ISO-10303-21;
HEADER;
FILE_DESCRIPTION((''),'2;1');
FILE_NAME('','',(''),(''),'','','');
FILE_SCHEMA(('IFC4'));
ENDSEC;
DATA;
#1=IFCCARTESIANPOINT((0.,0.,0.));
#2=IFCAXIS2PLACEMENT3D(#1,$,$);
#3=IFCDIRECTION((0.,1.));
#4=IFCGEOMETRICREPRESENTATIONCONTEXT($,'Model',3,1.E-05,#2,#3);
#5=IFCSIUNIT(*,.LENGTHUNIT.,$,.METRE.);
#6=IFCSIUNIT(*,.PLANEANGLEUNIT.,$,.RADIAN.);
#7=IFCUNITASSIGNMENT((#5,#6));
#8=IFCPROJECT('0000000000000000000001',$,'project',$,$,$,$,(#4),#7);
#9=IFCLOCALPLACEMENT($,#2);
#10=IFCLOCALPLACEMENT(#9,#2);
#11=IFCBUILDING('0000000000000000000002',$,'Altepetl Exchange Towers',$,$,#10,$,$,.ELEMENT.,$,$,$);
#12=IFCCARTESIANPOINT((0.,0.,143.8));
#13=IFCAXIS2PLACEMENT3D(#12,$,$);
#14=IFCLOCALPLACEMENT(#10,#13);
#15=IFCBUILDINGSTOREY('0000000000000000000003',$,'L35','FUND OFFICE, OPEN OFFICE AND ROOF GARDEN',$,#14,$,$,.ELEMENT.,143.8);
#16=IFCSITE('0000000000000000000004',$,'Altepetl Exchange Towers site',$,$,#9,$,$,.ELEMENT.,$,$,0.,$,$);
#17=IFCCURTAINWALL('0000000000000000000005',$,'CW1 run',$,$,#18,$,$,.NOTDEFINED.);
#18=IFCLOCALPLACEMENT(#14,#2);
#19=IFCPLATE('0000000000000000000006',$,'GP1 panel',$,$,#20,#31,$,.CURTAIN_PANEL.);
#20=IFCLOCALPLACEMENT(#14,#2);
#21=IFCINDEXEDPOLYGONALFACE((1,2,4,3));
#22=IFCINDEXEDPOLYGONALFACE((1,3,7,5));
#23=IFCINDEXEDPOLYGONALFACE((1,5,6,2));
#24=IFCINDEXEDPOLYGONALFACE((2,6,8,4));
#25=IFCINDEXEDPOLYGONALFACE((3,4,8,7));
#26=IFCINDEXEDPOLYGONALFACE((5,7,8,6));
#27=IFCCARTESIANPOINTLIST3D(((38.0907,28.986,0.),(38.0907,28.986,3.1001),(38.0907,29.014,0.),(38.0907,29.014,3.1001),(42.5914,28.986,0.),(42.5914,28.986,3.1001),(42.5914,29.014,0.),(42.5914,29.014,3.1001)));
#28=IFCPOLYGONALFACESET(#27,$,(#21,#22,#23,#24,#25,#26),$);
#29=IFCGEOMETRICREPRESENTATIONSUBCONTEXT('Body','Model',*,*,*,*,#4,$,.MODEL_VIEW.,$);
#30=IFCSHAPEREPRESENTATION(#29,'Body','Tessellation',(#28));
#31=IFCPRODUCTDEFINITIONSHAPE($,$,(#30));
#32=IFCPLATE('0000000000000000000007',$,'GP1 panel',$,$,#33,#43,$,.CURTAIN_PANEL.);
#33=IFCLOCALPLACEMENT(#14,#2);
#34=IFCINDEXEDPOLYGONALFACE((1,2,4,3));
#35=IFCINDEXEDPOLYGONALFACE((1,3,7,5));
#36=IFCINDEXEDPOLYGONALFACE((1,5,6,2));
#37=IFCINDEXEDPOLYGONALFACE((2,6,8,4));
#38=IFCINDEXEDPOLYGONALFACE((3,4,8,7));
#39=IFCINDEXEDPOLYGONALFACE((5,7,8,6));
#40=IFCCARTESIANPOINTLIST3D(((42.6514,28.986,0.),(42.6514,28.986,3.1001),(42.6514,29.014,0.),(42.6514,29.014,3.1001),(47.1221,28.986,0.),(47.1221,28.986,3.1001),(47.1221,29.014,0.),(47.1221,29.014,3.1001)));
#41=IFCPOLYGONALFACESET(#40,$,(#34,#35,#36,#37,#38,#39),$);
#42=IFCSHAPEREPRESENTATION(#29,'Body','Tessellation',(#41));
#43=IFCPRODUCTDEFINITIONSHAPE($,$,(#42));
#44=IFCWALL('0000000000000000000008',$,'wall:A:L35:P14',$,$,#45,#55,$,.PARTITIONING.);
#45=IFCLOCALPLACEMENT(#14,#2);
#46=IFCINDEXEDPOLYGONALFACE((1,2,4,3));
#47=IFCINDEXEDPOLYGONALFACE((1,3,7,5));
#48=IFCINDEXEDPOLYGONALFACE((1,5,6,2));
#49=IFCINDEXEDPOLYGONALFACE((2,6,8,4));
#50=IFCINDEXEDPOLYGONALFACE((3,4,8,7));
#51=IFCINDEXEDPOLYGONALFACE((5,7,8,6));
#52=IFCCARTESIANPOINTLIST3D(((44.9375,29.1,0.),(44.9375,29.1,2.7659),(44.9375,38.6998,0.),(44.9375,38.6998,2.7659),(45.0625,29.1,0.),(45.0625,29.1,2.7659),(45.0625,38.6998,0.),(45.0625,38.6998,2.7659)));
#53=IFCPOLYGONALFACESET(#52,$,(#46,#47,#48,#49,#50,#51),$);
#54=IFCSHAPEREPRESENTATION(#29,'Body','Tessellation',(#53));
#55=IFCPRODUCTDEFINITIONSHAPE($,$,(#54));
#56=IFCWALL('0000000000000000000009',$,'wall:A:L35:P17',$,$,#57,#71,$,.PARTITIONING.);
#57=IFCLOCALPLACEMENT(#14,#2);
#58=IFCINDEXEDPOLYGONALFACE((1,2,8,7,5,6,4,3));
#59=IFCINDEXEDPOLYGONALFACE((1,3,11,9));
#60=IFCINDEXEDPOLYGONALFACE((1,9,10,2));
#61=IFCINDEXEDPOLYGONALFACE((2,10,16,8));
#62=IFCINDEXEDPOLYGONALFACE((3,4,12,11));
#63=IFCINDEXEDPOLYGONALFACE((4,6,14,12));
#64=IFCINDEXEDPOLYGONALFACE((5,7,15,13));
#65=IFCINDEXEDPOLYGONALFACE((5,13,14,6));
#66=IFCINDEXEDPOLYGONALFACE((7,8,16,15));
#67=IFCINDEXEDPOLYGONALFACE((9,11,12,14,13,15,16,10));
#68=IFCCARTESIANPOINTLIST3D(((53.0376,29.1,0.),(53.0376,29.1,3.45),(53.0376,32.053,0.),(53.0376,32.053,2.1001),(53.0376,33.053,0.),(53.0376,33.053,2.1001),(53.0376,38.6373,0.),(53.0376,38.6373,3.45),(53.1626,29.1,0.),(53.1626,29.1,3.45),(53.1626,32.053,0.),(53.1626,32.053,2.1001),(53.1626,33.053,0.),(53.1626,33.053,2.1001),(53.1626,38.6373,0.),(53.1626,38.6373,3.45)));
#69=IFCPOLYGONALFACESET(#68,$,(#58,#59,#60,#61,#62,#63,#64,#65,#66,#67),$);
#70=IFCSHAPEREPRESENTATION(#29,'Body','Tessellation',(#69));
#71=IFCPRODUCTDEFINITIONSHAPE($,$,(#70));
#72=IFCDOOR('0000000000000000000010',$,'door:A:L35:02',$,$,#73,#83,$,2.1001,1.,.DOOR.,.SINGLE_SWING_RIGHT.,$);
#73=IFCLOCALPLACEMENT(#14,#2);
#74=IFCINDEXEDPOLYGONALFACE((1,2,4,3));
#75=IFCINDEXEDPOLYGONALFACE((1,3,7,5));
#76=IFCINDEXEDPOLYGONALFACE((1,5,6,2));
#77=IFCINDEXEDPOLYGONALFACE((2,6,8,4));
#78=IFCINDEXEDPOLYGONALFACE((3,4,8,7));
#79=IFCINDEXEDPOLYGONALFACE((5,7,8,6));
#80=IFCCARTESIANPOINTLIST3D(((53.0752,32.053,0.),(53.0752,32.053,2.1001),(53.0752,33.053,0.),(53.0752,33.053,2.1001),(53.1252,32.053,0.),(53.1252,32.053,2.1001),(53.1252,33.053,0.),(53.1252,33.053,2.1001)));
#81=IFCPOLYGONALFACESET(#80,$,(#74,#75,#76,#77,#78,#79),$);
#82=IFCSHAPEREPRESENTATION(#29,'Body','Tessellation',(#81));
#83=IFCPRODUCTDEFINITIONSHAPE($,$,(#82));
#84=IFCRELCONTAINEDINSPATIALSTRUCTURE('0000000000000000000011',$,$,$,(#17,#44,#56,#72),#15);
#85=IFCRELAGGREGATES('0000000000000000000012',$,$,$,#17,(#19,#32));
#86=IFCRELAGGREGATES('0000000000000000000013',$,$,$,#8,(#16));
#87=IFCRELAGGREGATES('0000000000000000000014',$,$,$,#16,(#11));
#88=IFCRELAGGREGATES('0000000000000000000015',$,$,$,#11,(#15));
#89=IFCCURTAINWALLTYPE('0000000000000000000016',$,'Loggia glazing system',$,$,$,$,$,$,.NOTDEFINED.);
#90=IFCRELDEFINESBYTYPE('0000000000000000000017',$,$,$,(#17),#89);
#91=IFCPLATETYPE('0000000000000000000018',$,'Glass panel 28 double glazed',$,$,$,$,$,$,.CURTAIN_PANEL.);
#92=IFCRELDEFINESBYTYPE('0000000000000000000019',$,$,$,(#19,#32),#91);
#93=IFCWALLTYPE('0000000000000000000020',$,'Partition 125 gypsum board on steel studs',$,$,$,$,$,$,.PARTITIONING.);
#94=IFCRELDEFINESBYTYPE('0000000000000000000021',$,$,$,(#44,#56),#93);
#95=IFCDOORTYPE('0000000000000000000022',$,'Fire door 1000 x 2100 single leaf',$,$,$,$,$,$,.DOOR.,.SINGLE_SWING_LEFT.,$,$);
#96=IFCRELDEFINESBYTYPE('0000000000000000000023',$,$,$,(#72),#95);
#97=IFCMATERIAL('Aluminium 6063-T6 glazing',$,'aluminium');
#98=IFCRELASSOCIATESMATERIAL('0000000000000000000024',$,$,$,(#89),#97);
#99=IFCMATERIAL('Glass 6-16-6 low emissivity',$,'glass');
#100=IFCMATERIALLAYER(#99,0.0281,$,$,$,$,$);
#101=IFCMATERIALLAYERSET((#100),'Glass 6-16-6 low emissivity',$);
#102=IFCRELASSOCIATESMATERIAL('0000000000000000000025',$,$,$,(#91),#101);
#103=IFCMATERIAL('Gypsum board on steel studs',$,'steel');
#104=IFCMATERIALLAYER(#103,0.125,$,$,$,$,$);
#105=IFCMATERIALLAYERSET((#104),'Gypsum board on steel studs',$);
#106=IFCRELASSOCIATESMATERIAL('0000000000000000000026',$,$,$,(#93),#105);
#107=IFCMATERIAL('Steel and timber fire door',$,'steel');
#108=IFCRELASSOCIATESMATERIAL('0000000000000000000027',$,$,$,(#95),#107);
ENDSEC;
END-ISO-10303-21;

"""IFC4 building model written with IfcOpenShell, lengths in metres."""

from ifc_helpers import new_model, si_unit, direction, frame, frame_2d, origin, origin_2d, place, context, subcontext, project, spatial, rectangle, extrude, material, layer, layer_set, type_object, element, fill, aggregate, save


model = new_model("IFC4")

# Units and contexts
model_context = context("Model", 3, precision=1e-05, world=origin(), true_north=direction((0.0, 1.0)))
body_context = subcontext(model_context, "Body", "Model", "MODEL_VIEW")
ifc_project = project(units=[si_unit("LENGTHUNIT", "METRE"), si_unit("PLANEANGLEUNIT", "RADIAN")], contexts=[model_context])

# Site, building, storey
site_placement = place(None, origin())
site = spatial("IfcSite", under=ifc_project, at=site_placement, Name="Altepetl Exchange Towers site", CompositionType="ELEMENT", RefElevation=0.0)
building_placement = place(site_placement, origin())
building = spatial("IfcBuilding", under=site, at=building_placement, Name="Altepetl Exchange Towers", CompositionType="ELEMENT")
storey_placement = place(building_placement, frame((0.0, 0.0, 143.8)))
storey = spatial("IfcBuildingStorey", under=building, at=storey_placement, Name="L35", Description="FUND OFFICE, OPEN OFFICE AND ROOF GARDEN", CompositionType="ELEMENT", Elevation=143.8)

# Shared definitions
ifc_material_1 = material(Name="Aluminium 6063-T6 glazing", Category="aluminium")
curtain_wall_type = type_object("IfcCurtainWallType", Name="Loggia glazing system", PredefinedType="NOTDEFINED", material=ifc_material_1)

# Curtain wall
curtain_wall_1_placement = place(storey_placement, origin())
curtain_wall_1 = element("IfcCurtainWall", 1, at=curtain_wall_1_placement, inside=storey, type_object=curtain_wall_type, Name="CW1 run", PredefinedType="NOTDEFINED")

# Plates
ifc_material_2 = material(Name="Glass 6-16-6 low emissivity", Category="glass")
ifc_layer_1 = layer(ifc_material_2, 0.0281)
ifc_layer_set_1 = layer_set([ifc_layer_1], Name="Glass 6-16-6 low emissivity")
plate_type = type_object("IfcPlateType", Name="Glass panel 28 double glazed", PredefinedType="CURTAIN_PANEL", material=ifc_layer_set_1)
plate_1_placement = place(storey_placement, frame((40.3411, 29.0, 0.0)))
plate_1 = element("IfcPlate", 2, at=plate_1_placement, type_object=plate_type, Name="GP1 panel", PredefinedType="CURTAIN_PANEL", context=body_context, shape_type="SweptSolid", body=[
    extrude(rectangle(XDim=4.5007, YDim=0.0281, at=origin_2d()), origin(), (0.0, 0.0, 1.0), 3.1001),
])
plate_2_placement = place(storey_placement, frame((44.8867, 29.0, 0.0)))
plate_2 = element("IfcPlate", 3, at=plate_2_placement, type_object=plate_type, Name="GP1 panel", PredefinedType="CURTAIN_PANEL", context=body_context, shape_type="SweptSolid", body=[
    extrude(rectangle(XDim=4.4707, YDim=0.0281, at=origin_2d()), origin(), (0.0, 0.0, 1.0), 3.1001),
])
aggregate(curtain_wall_1, [plate_1, plate_2])

# Wall
ifc_material_3 = material(Name="Gypsum board on steel studs", Category="steel")
ifc_layer_2 = layer(ifc_material_3, 0.125)
ifc_layer_set_2 = layer_set([ifc_layer_2], Name="Gypsum board on steel studs")
wall_type_1 = type_object("IfcWallType", Name="Partition 125 gypsum board on steel studs", PredefinedType="PARTITIONING", material=ifc_layer_set_2)
wall_1_placement = place(storey_placement, frame((45.0, 29.1001, 0.0), z_axis=(0.0, 0.0, 1.0), x_axis=(0.0, 1.0, 0.0)))
element("IfcWall", 4, at=wall_1_placement, inside=storey, type_object=wall_type_1, Name="wall:A:L35:P14", PredefinedType="PARTITIONING", context=body_context, shape_type="SweptSolid", body=[
    extrude(rectangle(XDim=9.5999, YDim=0.125, at=frame_2d((4.7998, 0.0))), origin(), (0.0, 0.0, 1.0), 2.7659),
])

# Wall, opening, door
wall_2_placement = place(storey_placement, frame((53.1001, 29.1001, 0.0), z_axis=(0.0, 0.0, 1.0), x_axis=(0.0, 1.0, 0.0)))
wall_2 = element("IfcWall", 5, at=wall_2_placement, inside=storey, type_object=wall_type_1, Name="wall:A:L35:P17", PredefinedType="PARTITIONING", context=body_context, shape_type="SweptSolid", body=[
    extrude(rectangle(XDim=9.5374, YDim=0.125, at=frame_2d((4.7686, 0.0))), origin(), (0.0, 0.0, 1.0), 3.45),
])
opening_1_placement = place(wall_2_placement, frame((2.9529, 0.0, 0.0)))
opening_1 = element("IfcOpeningElement", 6, at=opening_1_placement, cuts=wall_2, PredefinedType="OPENING", context=body_context, shape_type="SweptSolid", body=[
    extrude(rectangle(XDim=1.0, YDim=2.1001, at=frame_2d((0.5, 1.05))), frame((0.0, 0.0725, 0.0), z_axis=(0.0, -1.0, 0.0), x_axis=(1.0, 0.0, 0.0)), (0.0, 0.0, 1.0), 0.145),
])
ifc_material_4 = material(Name="Steel and timber fire door", Category="steel")
door_type_1 = type_object("IfcDoorType", Name="Fire door 1000 x 2100 single leaf", OperationType="SINGLE_SWING_LEFT", PredefinedType="DOOR", material=ifc_material_4)
door_1_placement = place(opening_1_placement, origin())
door_1 = element("IfcDoor", 7, at=door_1_placement, inside=storey, type_object=door_type_1, Name="door:A:L35:02", OperationType="SINGLE_SWING_RIGHT", OverallHeight=2.1001, OverallWidth=1.0, PredefinedType="DOOR", context=body_context, shape_type="SweptSolid", body=[
    extrude(rectangle(XDim=1.0, YDim=2.1001, at=frame_2d((0.5, 1.05))), frame((0.0, 0.0249, 0.0), z_axis=(0.0, -1.0, 0.0), x_axis=(1.0, 0.0, 0.0)), (0.0, 0.0, 1.0), 0.05),
])
fill(opening_1, door_1)

save(model, "model.ifc")
